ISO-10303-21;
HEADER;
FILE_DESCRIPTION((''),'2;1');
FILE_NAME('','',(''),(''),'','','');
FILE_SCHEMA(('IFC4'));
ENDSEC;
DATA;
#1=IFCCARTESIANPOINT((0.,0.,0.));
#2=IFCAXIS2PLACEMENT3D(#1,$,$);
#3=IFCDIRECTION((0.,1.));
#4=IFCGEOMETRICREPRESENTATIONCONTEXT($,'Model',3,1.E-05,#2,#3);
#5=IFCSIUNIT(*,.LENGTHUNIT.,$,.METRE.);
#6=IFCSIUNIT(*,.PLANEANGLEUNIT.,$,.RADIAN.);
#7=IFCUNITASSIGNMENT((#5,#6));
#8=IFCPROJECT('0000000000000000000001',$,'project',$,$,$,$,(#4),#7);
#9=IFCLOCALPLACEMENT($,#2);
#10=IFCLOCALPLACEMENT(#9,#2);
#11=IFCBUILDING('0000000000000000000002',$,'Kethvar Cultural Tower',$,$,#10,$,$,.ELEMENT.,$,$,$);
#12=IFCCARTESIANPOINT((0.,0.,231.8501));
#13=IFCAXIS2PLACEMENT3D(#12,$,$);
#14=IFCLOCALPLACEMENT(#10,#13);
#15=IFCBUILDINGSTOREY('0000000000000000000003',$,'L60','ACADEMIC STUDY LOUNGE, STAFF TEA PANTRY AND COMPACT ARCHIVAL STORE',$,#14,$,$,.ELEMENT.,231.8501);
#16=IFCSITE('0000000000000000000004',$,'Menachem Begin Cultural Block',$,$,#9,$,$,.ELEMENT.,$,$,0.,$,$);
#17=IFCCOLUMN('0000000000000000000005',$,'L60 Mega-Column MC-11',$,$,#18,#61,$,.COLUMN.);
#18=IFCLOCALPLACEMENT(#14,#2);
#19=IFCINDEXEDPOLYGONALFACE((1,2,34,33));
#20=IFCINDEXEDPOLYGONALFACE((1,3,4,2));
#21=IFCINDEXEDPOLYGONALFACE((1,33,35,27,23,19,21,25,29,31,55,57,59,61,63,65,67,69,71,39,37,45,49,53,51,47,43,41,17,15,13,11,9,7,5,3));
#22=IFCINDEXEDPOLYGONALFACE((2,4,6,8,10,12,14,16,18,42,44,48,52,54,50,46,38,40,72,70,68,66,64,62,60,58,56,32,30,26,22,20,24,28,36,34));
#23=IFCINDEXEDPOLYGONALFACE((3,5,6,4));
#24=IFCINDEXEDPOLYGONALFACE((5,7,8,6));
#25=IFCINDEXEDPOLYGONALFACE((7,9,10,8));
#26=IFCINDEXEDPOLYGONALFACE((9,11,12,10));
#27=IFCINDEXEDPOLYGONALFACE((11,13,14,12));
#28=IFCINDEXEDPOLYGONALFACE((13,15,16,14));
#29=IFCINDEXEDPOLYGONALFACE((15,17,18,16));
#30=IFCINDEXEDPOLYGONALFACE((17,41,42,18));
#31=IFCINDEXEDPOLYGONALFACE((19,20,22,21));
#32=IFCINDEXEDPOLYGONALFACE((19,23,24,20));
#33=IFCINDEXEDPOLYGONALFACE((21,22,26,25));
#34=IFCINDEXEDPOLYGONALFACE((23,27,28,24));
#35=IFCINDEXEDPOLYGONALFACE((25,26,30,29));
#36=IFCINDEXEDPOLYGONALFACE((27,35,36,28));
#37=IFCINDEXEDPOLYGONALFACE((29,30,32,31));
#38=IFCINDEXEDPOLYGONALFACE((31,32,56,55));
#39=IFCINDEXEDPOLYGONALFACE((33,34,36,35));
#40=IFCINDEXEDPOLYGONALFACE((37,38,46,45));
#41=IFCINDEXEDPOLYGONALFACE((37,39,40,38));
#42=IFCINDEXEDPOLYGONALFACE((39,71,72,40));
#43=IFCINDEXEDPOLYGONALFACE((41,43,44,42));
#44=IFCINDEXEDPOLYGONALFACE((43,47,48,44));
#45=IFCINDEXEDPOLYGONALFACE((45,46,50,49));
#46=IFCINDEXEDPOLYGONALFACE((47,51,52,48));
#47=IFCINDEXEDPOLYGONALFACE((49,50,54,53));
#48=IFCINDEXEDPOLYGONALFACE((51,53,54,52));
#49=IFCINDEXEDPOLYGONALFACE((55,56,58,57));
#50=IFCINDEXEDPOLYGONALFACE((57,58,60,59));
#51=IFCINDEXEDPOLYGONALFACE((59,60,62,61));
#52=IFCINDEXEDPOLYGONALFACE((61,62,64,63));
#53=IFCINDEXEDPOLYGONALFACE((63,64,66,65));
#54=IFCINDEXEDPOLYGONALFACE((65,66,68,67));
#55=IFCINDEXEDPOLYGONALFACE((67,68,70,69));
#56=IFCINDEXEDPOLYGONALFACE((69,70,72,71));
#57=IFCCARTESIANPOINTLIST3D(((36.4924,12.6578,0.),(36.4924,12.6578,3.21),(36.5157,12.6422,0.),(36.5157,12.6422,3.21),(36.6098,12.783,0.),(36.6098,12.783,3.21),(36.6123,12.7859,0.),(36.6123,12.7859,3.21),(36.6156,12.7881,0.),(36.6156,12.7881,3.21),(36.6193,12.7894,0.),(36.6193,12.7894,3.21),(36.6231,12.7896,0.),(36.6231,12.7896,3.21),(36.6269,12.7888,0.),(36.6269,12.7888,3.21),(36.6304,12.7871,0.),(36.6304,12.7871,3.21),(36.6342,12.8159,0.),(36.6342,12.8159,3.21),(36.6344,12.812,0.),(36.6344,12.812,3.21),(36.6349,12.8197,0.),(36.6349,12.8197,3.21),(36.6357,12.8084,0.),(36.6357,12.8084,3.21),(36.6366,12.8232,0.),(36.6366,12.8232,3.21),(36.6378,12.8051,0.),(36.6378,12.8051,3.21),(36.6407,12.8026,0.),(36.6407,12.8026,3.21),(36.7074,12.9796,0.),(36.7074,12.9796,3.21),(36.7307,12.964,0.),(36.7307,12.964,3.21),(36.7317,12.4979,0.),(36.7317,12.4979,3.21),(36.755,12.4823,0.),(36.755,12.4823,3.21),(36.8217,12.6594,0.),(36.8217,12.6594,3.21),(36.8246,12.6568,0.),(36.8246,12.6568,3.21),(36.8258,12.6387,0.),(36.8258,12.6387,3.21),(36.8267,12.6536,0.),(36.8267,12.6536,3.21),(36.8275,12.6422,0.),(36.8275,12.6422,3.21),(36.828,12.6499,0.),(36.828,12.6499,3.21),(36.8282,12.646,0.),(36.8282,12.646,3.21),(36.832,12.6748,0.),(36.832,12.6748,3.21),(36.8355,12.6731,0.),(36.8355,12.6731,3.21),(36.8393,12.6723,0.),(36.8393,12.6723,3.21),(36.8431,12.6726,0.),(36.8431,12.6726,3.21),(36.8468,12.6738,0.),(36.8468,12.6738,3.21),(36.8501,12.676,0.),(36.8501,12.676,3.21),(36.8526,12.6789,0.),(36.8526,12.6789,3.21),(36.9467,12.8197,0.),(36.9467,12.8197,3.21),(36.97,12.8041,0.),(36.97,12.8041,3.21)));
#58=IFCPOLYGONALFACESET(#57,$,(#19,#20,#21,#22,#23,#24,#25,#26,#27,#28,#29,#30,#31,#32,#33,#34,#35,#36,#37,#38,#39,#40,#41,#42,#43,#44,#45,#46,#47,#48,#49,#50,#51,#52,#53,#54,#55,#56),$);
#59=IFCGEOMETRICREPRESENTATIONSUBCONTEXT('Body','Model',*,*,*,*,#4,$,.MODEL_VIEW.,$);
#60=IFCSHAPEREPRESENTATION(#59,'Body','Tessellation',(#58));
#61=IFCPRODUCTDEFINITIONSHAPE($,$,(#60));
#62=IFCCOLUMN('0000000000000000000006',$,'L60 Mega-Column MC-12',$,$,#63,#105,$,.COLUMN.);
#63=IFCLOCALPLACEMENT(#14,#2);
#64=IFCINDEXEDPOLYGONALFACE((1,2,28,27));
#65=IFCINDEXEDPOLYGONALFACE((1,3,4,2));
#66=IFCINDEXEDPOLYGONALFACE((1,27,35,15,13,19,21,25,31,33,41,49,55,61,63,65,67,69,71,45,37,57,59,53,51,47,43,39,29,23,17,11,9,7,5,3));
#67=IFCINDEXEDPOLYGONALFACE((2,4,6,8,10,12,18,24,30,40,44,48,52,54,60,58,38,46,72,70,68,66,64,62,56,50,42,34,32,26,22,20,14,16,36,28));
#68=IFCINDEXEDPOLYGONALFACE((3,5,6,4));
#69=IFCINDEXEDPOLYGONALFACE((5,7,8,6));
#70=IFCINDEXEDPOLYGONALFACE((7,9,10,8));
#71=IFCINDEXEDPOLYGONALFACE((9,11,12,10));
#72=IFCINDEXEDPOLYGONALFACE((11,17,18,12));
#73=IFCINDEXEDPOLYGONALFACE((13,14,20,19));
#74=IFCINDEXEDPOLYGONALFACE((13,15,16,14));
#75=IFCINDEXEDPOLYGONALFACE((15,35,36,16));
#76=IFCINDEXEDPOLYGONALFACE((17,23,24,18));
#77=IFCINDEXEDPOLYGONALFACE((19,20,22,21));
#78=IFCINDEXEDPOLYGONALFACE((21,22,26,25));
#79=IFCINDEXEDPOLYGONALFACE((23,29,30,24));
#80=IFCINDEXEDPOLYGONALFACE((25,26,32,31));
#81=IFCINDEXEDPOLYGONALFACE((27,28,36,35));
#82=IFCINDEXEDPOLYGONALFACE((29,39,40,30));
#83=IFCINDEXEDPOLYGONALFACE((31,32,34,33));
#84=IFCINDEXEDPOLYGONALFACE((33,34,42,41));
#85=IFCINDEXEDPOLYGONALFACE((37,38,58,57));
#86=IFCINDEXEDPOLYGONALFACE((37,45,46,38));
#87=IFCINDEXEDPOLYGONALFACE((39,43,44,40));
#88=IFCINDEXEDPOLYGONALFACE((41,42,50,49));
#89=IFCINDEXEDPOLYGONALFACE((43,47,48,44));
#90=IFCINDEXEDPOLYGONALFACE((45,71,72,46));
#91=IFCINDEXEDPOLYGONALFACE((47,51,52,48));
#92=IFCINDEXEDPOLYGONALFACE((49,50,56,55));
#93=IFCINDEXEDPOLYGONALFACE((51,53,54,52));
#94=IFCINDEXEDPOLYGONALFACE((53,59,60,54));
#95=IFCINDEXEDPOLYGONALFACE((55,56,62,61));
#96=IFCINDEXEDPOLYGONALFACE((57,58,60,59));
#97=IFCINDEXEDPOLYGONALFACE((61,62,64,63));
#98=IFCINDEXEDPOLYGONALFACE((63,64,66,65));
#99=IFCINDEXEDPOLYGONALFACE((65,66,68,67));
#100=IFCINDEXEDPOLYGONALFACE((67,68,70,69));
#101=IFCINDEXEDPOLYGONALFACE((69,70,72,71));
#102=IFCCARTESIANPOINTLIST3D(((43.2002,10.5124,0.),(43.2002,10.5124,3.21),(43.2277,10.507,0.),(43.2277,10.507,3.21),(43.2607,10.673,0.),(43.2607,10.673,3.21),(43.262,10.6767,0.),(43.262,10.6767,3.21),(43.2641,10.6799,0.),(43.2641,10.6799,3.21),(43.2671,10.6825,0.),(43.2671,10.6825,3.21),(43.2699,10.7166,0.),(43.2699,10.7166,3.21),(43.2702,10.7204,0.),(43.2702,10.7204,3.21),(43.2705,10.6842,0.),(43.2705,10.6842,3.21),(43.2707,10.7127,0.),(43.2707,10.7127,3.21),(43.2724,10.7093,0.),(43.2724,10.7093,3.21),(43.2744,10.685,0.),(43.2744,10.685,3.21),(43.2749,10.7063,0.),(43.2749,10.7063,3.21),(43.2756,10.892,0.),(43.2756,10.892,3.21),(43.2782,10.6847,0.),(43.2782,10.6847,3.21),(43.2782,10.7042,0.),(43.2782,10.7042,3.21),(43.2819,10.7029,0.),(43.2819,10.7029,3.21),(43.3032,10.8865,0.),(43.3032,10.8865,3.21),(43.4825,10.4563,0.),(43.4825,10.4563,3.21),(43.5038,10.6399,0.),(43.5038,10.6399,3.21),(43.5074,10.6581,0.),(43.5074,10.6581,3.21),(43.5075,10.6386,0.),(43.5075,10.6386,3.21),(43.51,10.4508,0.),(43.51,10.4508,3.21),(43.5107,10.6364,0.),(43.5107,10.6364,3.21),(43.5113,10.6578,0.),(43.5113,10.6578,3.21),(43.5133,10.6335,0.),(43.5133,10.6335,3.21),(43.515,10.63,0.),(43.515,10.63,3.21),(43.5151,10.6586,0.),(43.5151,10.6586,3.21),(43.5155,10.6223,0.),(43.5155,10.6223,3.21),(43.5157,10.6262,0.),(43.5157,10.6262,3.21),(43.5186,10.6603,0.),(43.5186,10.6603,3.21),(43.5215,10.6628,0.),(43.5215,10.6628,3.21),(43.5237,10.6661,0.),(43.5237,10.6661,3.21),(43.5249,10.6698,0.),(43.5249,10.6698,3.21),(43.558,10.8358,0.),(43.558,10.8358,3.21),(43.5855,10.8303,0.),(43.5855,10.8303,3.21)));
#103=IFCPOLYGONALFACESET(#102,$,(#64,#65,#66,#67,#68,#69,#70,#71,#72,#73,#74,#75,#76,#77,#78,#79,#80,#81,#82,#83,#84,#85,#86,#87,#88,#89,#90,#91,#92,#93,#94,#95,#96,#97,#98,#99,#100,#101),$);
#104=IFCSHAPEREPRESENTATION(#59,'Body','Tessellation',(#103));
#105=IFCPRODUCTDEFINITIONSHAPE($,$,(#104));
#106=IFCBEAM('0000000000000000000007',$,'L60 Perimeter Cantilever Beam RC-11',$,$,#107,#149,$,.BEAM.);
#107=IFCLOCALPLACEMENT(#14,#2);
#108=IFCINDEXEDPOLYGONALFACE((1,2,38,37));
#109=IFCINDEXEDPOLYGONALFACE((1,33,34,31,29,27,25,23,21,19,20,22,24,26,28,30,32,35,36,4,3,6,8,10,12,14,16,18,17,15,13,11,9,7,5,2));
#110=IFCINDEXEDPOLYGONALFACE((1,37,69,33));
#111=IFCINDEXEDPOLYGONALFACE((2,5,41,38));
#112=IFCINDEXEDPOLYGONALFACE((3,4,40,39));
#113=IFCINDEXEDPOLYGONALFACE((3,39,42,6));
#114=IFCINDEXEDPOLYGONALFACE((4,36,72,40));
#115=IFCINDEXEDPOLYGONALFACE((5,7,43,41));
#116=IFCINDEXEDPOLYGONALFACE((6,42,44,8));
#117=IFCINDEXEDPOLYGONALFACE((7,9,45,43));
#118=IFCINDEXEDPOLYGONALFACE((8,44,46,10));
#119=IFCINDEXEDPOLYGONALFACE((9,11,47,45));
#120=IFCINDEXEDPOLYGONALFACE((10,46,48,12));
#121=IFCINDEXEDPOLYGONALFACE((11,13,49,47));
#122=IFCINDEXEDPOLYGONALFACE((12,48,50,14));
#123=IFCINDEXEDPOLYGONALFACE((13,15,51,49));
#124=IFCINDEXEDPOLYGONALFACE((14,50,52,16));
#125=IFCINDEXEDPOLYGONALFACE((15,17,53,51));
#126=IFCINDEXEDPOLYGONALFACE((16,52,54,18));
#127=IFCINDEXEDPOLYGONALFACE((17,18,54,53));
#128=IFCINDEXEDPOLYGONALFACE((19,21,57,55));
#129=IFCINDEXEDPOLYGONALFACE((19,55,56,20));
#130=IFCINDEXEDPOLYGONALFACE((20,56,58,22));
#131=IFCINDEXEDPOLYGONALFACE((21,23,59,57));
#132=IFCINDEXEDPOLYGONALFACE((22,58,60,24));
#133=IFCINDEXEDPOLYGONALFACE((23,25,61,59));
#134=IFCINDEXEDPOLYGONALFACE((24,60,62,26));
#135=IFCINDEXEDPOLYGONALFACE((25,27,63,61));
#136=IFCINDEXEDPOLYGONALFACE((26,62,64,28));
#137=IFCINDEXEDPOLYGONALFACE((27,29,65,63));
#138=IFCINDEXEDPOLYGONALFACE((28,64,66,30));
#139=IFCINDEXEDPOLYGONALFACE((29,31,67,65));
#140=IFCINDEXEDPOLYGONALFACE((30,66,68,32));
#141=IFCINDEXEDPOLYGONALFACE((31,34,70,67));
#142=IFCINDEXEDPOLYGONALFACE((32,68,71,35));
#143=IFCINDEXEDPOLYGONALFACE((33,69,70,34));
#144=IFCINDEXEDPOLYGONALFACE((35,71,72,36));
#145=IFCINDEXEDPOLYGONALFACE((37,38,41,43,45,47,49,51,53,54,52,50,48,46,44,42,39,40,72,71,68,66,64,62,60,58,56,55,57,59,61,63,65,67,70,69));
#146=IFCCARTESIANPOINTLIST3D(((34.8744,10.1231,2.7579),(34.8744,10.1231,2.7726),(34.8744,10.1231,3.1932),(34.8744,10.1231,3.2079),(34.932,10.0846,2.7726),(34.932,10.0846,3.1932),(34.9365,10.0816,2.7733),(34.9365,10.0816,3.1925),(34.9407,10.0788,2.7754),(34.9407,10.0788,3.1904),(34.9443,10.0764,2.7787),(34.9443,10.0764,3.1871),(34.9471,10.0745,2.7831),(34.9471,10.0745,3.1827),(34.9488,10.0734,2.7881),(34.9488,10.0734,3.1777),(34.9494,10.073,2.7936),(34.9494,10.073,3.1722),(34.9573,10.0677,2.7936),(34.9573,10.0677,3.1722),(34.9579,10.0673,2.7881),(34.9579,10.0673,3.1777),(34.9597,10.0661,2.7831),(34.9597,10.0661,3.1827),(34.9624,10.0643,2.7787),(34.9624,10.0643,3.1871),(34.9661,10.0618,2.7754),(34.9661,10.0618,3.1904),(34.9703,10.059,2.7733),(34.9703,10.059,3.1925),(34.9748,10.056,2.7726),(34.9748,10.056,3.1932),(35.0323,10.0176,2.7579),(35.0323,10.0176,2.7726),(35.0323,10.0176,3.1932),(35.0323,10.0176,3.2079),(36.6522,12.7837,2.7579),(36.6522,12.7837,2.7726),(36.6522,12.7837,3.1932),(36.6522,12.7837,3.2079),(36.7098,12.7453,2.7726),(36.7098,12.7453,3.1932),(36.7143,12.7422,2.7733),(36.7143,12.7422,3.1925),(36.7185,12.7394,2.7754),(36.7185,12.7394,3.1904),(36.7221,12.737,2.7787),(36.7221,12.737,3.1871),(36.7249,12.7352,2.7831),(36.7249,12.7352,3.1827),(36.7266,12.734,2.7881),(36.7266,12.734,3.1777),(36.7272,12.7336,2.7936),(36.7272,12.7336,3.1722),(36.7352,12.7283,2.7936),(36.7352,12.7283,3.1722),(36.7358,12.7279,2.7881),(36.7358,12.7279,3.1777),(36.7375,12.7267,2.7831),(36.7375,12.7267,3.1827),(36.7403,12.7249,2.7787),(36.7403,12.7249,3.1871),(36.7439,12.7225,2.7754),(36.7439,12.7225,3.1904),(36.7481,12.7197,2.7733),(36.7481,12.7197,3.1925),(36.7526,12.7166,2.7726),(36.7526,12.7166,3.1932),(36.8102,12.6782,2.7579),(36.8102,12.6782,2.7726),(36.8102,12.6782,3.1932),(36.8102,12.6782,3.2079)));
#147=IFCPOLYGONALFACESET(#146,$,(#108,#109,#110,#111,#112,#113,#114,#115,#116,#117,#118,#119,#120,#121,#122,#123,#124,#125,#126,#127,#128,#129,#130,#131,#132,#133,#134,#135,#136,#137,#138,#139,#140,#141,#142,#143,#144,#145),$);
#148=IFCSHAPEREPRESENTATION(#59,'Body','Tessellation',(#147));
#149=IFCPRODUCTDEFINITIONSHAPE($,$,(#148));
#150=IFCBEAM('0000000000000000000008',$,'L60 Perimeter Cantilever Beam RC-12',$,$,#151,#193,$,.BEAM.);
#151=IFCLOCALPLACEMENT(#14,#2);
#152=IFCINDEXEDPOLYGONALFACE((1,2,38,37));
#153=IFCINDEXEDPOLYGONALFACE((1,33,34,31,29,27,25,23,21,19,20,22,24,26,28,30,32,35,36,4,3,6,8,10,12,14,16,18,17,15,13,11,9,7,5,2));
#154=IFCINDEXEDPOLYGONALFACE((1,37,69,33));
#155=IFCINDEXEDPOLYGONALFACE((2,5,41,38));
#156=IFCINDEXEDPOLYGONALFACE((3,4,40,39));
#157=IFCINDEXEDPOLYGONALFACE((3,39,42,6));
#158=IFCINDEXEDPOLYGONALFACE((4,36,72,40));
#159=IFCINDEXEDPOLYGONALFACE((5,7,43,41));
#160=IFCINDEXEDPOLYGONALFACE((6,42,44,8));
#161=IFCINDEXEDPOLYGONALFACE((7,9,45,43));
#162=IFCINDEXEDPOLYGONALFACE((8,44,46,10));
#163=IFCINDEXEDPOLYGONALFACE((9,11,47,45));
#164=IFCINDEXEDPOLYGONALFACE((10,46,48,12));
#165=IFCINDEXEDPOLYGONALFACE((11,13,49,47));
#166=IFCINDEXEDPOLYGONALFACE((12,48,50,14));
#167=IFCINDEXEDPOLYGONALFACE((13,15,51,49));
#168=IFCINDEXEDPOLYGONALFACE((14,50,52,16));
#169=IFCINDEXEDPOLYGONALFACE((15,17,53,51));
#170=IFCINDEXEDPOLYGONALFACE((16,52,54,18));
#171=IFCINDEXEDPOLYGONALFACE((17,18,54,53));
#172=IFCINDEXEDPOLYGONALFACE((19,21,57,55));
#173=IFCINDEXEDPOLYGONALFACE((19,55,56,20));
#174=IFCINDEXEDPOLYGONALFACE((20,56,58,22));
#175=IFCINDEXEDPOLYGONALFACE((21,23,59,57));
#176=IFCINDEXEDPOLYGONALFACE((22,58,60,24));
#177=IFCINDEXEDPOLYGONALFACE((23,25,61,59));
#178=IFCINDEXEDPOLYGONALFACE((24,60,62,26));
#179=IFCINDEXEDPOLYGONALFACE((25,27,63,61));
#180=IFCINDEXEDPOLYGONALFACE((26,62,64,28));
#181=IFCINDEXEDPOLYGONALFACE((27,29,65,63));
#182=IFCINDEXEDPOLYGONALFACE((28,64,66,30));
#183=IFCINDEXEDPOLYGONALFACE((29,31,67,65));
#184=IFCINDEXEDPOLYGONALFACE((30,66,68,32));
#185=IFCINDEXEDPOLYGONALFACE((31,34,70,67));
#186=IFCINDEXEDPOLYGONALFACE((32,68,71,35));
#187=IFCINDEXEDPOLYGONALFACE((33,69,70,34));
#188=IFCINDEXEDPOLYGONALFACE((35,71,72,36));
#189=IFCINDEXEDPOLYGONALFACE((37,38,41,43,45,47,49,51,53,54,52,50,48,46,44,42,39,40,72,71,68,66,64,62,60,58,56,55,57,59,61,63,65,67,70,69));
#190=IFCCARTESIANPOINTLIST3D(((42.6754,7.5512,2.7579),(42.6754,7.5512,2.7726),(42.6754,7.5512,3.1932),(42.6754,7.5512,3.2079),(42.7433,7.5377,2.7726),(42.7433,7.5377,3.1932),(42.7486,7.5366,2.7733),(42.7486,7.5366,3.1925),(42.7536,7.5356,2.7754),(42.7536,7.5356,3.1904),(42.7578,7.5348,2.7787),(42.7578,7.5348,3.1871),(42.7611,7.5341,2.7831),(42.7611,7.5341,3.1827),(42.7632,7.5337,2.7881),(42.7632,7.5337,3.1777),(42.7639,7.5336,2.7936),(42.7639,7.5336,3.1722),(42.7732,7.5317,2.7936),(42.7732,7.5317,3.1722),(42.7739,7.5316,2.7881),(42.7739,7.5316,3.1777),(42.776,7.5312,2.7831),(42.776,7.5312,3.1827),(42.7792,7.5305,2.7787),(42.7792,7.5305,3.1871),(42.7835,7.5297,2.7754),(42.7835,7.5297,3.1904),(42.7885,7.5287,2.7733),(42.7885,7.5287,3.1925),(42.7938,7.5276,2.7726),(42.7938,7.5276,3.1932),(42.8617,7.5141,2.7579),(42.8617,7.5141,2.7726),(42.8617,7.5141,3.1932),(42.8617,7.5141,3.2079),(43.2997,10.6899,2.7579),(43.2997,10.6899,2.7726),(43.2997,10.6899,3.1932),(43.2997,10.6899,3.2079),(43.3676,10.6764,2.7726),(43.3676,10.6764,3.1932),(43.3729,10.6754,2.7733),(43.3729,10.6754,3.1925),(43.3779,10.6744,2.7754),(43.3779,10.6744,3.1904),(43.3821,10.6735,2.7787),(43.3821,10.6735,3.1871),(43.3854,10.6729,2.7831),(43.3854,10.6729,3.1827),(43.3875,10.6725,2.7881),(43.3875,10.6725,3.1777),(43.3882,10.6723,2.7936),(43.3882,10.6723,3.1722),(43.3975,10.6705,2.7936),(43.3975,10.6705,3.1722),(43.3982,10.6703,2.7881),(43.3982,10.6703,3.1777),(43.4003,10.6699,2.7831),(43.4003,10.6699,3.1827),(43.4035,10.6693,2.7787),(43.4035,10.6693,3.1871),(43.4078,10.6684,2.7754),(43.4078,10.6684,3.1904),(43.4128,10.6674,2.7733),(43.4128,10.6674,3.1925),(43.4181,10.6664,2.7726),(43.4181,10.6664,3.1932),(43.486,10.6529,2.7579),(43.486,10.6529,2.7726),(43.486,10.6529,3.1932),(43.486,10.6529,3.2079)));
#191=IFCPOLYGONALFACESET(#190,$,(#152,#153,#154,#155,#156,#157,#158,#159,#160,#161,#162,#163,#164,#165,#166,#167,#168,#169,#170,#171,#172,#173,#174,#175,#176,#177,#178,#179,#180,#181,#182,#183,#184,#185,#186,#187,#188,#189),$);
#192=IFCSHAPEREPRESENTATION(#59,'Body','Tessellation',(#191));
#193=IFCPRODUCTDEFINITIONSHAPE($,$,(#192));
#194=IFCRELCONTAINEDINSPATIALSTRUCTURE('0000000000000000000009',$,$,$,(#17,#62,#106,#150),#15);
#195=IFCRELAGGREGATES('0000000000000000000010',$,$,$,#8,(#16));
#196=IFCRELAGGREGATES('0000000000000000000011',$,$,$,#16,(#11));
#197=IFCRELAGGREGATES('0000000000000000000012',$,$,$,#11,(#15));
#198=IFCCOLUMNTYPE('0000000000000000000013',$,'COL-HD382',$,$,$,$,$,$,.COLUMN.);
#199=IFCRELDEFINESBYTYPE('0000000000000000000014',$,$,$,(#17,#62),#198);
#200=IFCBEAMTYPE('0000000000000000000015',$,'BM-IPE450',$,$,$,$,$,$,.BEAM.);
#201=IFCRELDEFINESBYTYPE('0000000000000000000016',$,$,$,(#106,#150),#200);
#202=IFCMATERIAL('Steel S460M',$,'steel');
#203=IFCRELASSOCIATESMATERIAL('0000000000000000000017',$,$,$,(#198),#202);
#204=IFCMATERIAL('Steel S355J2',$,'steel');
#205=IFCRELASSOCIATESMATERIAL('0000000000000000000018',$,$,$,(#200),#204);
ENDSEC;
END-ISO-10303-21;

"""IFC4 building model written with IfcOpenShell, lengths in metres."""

from ifc_helpers import new_model, si_unit, direction, frame, origin, origin_2d, place, context, subcontext, project, spatial, i_section, extrude, source, transform, mapped, material, material_profile, profile_set, type_object, element, save


model = new_model("IFC4")

# Units and contexts
model_context = context("Model", 3, precision=1e-05, world=origin(), true_north=direction((0.0, 1.0)))
body_context = subcontext(model_context, "Body", "Model", "MODEL_VIEW")
ifc_project = project(units=[si_unit("LENGTHUNIT", "METRE"), si_unit("PLANEANGLEUNIT", "RADIAN")], contexts=[model_context])

# Site, building, storey
site_placement = place(None, origin())
site = spatial("IfcSite", under=ifc_project, at=site_placement, Name="Menachem Begin Cultural Block", CompositionType="ELEMENT", RefElevation=0.0)
building_placement = place(site_placement, origin())
building = spatial("IfcBuilding", under=site, at=building_placement, Name="Kethvar Cultural Tower", CompositionType="ELEMENT")
storey_placement = place(building_placement, frame((0.0, 0.0, 231.8501)))
storey = spatial("IfcBuildingStorey", under=building, at=storey_placement, Name="L60", Description="ACADEMIC STUDY LOUNGE, STAFF TEA PANTRY AND COMPACT ARCHIVAL STORE", CompositionType="ELEMENT", Elevation=231.8501)

# Columns
ifc_material_1 = material(Name="Steel S460M", Category="steel")
ifc_material_profile_1 = material_profile(ifc_material_1, i_section(OverallWidth=0.387, OverallDepth=0.3159, WebThickness=0.0186, FlangeThickness=0.0281, FilletRadius=0.0149, at=origin_2d()), Name="Steel S460M — HD400x382")
ifc_profile_set_1 = profile_set([ifc_material_profile_1], Name="Steel S460M — HD400x382")
column_type = type_object("IfcColumnType", Name="COL-HD382", PredefinedType="COLUMN", material=ifc_profile_set_1)
shared_shape_1 = source(origin(), body_context, "Body", "SweptSolid", [
    extrude(i_section(OverallWidth=0.387, OverallDepth=0.3159, WebThickness=0.0186, FlangeThickness=0.0281, FilletRadius=0.0149, at=origin_2d()), origin(), (0.0, 0.0, 1.0), 3.21),
])
for number, where, z_axis, x_axis, name in (
    (1, (36.7312, 12.731, 0.0), (0.0, 0.0, 1.0), (-0.55557, -0.83147, 0.0), "L60 Mega-Column MC-11"),
    (2, (43.3928, 10.6714, 0.0), (0.0, 0.0, 1.0), (-0.19509, -0.980785, 0.0), "L60 Mega-Column MC-12"),
):
    element("IfcColumn", number, at=place(storey_placement, frame(where, z_axis=z_axis, x_axis=x_axis)), inside=storey, type_object=column_type, Name=name, PredefinedType="COLUMN", context=body_context, shape_type="MappedRepresentation", body=[
        mapped(shared_shape_1, transform((0.0, 0.0, 0.0), scale=1.0)),
    ])

# Beams
ifc_material_2 = material(Name="Steel S355J2", Category="steel")
ifc_material_profile_2 = material_profile(ifc_material_2, i_section(OverallWidth=0.1899, OverallDepth=0.45, WebThickness=0.0095, FlangeThickness=0.0146, FilletRadius=0.021, at=origin_2d()), Name="Steel S355J2 — IPE450")
ifc_profile_set_2 = profile_set([ifc_material_profile_2], Name="Steel S355J2 — IPE450")
beam_type_1 = type_object("IfcBeamType", Name="BM-IPE450", PredefinedType="BEAM", material=ifc_profile_set_2)
shared_shape_2 = source(origin(), body_context, "Body", "SweptSolid", [
    extrude(i_section(OverallWidth=0.1899, OverallDepth=0.45, WebThickness=0.0095, FlangeThickness=0.0146, FilletRadius=0.021, at=origin_2d()), origin(), (0.0, 0.0, 1.0), 3.2),
])
beam_1_placement = place(storey_placement, frame((36.7312, 12.731, 2.9829), z_axis=(-0.55558, -0.831463, 0.0), x_axis=(0.831463, -0.55558, 0.0)))
element("IfcBeam", 3, at=beam_1_placement, inside=storey, type_object=beam_type_1, Name="L60 Perimeter Cantilever Beam RC-11", PredefinedType="BEAM", context=body_context, shape_type="MappedRepresentation", body=[
    mapped(shared_shape_2, transform((0.0, 0.0, 0.0), scale=1.0)),
])
shared_shape_3 = source(origin(), body_context, "Body", "SweptSolid", [
    extrude(i_section(OverallWidth=0.1899, OverallDepth=0.45, WebThickness=0.0095, FlangeThickness=0.0146, FilletRadius=0.021, at=origin_2d()), origin(), (0.0, 0.0, 1.0), 3.2002),
])
beam_2_placement = place(storey_placement, frame((43.3928, 10.6714, 2.9829), z_axis=(-0.195074, -0.980788, 0.0), x_axis=(0.980788, -0.195074, 0.0)))
element("IfcBeam", 4, at=beam_2_placement, inside=storey, type_object=beam_type_1, Name="L60 Perimeter Cantilever Beam RC-12", PredefinedType="BEAM", context=body_context, shape_type="MappedRepresentation", body=[
    mapped(shared_shape_3, transform((0.0, 0.0, 0.0), scale=1.0)),
])

save(model, "model.ifc")
